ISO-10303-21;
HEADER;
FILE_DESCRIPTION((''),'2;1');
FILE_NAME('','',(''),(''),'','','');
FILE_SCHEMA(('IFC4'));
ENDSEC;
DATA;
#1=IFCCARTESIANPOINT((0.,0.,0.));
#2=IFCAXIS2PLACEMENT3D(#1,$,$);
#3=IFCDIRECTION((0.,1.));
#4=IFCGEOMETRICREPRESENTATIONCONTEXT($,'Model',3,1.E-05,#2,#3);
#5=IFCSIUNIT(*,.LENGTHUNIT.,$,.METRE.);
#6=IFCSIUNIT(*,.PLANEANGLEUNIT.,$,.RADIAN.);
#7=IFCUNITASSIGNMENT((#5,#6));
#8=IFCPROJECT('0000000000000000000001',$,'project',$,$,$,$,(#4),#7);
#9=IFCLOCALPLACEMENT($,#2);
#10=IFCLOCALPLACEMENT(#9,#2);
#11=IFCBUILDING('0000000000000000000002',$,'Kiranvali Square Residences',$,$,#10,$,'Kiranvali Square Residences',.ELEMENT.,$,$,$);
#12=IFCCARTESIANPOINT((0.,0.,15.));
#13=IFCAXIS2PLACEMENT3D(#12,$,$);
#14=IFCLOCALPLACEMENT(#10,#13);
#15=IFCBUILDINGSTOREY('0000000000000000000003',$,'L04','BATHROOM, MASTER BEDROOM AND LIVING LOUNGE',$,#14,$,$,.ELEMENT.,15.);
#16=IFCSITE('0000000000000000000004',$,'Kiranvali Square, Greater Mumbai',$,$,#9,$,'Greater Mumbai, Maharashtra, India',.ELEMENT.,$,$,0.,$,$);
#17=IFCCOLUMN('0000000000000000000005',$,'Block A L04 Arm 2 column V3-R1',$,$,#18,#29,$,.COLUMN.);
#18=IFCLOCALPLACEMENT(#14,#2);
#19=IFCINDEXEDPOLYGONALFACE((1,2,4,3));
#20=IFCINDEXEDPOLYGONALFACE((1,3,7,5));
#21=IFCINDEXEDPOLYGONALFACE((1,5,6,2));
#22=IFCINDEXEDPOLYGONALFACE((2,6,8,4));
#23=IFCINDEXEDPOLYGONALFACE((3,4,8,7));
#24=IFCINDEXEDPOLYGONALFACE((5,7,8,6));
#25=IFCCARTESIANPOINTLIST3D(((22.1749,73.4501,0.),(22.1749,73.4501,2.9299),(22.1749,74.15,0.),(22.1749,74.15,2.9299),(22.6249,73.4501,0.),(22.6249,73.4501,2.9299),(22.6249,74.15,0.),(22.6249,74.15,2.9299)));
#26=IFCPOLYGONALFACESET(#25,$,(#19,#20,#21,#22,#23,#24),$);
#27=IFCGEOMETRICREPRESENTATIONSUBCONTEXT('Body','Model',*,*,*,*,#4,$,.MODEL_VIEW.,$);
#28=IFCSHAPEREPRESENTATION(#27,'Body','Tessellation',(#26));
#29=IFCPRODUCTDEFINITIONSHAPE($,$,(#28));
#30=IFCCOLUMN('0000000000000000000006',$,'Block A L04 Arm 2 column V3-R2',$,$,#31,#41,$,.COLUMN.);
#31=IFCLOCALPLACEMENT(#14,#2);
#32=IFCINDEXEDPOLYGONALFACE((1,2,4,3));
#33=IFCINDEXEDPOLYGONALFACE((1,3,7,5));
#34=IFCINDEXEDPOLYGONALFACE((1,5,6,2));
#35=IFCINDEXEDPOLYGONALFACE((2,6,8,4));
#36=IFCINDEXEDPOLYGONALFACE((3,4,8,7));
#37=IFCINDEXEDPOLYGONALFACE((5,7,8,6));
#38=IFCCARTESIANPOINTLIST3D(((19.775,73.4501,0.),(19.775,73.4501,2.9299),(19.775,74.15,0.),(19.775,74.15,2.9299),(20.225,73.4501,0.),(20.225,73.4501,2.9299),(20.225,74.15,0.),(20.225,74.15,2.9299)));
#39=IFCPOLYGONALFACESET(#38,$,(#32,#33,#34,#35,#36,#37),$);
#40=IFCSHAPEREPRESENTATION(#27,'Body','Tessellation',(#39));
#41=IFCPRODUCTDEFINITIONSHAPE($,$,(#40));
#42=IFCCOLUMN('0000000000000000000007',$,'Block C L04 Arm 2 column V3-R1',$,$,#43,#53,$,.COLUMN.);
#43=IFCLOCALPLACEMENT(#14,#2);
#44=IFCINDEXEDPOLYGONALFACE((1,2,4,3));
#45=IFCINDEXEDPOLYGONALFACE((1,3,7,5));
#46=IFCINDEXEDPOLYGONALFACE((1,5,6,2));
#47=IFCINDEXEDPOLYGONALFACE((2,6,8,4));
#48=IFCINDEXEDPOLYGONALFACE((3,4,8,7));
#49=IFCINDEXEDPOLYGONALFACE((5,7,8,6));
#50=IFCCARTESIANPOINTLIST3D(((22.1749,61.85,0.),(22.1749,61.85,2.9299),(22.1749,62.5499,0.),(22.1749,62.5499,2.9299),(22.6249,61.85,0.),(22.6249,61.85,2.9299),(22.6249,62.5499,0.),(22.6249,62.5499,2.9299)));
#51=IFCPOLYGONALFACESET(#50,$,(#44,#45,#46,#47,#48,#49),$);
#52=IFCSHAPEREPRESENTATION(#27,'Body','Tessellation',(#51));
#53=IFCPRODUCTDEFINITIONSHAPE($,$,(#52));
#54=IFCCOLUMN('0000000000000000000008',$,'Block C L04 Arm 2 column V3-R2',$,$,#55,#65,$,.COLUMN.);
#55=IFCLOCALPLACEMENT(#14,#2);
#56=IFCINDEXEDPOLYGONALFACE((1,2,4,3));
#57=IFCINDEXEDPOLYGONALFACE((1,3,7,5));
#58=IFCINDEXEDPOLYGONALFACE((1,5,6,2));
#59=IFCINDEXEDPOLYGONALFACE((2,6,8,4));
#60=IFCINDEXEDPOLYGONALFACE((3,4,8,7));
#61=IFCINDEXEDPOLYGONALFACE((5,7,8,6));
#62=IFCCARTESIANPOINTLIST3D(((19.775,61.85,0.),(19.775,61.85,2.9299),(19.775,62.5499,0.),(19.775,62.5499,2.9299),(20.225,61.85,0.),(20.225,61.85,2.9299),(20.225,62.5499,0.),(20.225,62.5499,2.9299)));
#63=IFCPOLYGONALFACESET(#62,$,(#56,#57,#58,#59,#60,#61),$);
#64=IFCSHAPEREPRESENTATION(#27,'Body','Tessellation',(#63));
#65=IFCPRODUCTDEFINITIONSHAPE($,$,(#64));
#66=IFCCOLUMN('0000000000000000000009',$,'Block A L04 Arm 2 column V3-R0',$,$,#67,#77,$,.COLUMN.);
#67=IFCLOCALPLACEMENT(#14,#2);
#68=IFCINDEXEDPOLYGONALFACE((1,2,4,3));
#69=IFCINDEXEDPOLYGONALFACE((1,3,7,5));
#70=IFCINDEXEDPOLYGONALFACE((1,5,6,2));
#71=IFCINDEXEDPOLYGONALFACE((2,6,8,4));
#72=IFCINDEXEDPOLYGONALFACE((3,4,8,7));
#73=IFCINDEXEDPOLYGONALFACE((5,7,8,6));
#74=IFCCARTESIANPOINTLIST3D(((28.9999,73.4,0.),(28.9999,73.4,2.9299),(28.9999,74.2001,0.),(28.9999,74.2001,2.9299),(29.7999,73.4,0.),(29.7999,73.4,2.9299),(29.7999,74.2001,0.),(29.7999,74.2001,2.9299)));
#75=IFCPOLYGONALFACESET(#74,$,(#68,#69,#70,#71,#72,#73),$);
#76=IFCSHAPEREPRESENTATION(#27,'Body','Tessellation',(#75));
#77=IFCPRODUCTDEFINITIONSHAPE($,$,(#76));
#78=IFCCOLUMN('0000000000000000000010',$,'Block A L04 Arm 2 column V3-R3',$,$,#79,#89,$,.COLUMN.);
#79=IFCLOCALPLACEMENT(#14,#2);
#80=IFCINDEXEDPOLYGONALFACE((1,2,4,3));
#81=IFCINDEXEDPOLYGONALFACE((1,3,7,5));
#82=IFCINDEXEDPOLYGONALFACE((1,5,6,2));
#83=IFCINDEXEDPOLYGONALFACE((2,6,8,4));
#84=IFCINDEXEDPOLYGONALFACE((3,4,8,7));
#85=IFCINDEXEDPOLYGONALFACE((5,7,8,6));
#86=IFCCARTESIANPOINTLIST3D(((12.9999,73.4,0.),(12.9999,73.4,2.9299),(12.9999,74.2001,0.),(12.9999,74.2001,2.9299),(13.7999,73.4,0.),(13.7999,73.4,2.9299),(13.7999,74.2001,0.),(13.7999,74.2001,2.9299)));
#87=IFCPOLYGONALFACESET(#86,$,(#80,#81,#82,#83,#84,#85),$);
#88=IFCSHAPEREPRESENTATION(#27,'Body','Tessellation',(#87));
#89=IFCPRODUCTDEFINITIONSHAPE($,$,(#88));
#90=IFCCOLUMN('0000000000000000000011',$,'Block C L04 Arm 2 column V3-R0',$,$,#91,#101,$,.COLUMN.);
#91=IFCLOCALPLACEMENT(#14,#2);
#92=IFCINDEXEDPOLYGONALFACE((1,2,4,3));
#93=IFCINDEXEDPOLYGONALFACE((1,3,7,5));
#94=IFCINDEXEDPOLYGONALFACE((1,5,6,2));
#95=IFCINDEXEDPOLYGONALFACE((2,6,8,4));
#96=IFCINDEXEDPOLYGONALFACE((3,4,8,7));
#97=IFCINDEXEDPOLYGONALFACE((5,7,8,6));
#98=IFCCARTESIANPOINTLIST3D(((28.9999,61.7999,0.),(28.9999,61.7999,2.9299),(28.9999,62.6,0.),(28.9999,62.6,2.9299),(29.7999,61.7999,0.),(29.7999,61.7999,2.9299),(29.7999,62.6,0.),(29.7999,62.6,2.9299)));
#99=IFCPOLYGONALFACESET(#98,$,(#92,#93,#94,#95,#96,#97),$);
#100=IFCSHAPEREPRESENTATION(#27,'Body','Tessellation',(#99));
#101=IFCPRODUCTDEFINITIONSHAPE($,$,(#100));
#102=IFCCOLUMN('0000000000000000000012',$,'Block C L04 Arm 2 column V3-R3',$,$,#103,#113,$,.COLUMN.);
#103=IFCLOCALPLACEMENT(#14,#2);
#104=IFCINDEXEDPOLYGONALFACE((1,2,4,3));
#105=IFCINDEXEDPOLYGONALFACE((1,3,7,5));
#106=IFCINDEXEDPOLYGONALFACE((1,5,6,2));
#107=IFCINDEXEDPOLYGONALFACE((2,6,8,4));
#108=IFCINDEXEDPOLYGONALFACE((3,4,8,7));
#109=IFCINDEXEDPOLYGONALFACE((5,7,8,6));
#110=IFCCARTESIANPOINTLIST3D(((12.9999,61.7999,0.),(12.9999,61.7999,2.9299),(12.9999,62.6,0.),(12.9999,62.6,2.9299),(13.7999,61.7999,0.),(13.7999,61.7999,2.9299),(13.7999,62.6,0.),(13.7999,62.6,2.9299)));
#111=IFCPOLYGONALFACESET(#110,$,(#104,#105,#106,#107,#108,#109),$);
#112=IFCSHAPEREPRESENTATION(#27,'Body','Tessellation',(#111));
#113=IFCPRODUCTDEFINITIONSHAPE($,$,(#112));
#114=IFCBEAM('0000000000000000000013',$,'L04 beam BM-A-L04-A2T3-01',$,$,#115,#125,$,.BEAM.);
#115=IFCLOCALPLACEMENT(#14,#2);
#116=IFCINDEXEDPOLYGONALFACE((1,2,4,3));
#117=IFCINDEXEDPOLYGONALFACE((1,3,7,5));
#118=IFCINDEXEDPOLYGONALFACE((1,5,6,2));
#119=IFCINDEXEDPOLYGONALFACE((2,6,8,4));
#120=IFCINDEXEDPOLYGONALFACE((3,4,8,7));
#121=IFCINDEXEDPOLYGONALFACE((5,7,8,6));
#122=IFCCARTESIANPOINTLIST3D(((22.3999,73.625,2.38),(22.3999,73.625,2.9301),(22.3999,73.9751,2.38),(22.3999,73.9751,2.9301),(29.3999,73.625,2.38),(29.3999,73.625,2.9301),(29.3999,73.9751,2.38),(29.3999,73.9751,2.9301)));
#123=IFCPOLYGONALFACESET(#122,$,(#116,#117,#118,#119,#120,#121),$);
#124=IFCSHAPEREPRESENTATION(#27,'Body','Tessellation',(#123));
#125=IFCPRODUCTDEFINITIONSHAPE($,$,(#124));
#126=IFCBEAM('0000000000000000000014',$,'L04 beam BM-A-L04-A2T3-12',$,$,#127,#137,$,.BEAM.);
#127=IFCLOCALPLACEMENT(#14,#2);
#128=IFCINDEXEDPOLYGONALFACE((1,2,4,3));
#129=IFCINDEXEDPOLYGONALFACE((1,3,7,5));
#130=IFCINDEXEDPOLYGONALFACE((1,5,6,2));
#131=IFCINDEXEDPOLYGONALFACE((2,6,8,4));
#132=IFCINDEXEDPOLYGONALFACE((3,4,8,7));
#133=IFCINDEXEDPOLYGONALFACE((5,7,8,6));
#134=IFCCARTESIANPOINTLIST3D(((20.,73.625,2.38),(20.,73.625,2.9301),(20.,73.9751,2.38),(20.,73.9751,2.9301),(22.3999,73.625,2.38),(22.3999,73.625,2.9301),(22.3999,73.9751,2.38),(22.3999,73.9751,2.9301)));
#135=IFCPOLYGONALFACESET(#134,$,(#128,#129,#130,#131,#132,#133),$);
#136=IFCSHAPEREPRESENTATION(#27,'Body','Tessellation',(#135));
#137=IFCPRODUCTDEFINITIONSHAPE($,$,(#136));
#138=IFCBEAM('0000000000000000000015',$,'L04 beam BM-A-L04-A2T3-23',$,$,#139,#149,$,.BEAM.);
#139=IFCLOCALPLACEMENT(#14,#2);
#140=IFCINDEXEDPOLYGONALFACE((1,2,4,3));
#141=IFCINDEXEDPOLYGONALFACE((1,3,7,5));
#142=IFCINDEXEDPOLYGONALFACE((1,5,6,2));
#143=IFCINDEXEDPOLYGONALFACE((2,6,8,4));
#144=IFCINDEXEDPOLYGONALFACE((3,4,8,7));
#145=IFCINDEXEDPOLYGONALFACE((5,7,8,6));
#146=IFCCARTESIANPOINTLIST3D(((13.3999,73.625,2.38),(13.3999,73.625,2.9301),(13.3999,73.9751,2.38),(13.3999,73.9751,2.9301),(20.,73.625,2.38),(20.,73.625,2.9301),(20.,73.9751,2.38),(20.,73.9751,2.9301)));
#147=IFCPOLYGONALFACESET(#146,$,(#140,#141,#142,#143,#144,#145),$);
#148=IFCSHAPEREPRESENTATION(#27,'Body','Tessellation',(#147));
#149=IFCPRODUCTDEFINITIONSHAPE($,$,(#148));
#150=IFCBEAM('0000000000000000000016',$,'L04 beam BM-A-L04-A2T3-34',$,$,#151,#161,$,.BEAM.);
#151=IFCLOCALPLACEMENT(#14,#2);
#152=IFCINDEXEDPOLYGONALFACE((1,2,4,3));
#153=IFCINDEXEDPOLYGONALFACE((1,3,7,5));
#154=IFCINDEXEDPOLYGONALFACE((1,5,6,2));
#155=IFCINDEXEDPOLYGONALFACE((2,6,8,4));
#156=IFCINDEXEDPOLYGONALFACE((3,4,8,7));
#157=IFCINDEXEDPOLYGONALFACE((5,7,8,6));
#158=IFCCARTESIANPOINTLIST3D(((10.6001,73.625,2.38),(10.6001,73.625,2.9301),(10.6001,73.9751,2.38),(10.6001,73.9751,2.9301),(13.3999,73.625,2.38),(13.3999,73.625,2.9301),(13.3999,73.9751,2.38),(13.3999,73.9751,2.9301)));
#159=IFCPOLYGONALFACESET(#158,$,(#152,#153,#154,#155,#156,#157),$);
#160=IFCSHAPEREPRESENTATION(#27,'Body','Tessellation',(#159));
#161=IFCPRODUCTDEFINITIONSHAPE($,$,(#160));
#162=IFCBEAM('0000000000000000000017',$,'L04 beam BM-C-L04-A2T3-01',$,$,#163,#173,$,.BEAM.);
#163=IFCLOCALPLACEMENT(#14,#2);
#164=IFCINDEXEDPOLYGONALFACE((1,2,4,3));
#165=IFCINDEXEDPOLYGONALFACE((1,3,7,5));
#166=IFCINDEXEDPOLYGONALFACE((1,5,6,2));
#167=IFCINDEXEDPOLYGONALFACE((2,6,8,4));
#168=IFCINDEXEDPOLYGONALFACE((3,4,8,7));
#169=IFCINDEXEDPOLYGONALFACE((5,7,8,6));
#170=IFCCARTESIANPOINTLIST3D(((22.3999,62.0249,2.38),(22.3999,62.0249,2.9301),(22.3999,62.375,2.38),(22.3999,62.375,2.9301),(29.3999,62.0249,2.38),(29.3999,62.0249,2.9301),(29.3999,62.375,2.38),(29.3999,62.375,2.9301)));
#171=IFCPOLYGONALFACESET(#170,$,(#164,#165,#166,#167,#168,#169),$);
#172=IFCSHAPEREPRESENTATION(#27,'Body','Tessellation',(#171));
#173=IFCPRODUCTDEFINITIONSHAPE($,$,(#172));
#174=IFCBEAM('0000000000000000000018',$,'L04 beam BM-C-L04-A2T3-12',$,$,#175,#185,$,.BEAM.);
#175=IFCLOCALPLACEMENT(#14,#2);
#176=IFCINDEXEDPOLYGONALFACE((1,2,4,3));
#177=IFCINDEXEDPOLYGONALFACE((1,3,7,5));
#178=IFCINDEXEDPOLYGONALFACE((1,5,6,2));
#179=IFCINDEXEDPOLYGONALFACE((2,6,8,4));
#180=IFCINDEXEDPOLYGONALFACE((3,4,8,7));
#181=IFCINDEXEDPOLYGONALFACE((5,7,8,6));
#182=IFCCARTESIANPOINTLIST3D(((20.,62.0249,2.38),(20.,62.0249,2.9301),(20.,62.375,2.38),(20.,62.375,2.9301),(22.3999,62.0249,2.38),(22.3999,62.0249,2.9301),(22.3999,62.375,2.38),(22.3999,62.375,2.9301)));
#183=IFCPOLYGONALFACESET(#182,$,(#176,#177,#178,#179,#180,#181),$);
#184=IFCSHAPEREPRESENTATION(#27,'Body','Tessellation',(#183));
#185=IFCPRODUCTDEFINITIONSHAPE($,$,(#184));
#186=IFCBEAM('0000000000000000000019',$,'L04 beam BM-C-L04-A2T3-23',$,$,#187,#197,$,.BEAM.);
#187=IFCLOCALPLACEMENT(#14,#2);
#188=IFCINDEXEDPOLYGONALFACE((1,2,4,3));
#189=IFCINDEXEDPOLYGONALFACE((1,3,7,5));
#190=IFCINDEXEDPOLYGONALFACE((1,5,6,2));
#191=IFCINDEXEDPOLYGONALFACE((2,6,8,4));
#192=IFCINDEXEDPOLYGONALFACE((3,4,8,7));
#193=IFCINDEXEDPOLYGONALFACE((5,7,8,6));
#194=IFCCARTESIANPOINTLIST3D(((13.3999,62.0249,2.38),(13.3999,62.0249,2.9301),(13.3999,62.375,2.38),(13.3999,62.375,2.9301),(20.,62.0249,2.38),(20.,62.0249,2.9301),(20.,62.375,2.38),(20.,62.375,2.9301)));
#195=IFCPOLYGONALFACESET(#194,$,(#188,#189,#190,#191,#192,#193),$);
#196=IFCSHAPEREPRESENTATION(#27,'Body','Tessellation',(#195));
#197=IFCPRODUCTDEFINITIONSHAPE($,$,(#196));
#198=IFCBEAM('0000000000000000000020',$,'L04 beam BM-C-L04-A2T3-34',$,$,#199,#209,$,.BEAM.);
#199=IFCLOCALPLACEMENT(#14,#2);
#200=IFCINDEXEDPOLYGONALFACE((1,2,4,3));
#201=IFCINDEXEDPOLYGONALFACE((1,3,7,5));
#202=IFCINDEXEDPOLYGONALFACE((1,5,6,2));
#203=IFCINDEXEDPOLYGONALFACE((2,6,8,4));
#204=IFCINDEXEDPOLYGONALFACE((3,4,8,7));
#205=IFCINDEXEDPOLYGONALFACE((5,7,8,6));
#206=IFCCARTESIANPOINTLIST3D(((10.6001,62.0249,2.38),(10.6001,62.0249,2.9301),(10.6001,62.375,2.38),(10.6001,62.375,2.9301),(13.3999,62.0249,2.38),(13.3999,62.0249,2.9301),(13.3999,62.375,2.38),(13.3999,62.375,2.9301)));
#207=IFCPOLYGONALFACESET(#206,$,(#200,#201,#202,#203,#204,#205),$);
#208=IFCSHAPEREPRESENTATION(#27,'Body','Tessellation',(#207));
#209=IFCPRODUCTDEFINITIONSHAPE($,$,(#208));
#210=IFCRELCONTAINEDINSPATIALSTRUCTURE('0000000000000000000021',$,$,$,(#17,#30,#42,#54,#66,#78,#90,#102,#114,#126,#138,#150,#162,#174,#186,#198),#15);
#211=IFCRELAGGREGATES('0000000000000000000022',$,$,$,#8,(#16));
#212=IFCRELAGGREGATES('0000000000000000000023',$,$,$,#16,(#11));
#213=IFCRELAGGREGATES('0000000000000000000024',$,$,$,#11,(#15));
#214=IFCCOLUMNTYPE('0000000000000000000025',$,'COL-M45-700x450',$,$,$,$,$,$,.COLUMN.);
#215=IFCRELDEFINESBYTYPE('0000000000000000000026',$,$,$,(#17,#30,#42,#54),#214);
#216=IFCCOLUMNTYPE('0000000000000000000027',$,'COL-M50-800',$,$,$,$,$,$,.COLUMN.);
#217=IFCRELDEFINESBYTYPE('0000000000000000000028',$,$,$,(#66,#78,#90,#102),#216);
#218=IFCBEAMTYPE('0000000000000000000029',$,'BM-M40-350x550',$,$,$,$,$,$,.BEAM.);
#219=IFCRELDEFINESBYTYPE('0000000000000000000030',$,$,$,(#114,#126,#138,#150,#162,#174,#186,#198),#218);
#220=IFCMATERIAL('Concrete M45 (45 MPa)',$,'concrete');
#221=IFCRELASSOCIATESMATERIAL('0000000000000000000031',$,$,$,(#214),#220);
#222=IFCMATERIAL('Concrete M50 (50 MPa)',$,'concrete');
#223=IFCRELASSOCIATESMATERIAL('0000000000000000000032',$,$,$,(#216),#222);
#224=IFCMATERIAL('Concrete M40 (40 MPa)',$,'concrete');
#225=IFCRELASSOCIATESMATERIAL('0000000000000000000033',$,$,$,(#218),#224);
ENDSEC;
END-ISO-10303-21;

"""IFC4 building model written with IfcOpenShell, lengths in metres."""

from ifc_helpers import new_model, si_unit, direction, frame, origin, origin_2d, place, context, subcontext, project, spatial, rectangle, extrude, material, material_profile, profile_set, type_object, element, save


model = new_model("IFC4")

# Units and contexts
model_context = context("Model", 3, precision=1e-05, world=origin(), true_north=direction((0.0, 1.0)))
body_context = subcontext(model_context, "Body", "Model", "MODEL_VIEW")
ifc_project = project(units=[si_unit("LENGTHUNIT", "METRE"), si_unit("PLANEANGLEUNIT", "RADIAN")], contexts=[model_context])

# Site, building, storey
site_placement = place(None, origin())
site = spatial("IfcSite", under=ifc_project, at=site_placement, Name="Kiranvali Square, Greater Mumbai", LongName="Greater Mumbai, Maharashtra, India", CompositionType="ELEMENT", RefElevation=0.0)
building_placement = place(site_placement, origin())
building = spatial("IfcBuilding", under=site, at=building_placement, Name="Kiranvali Square Residences", LongName="Kiranvali Square Residences", CompositionType="ELEMENT")
storey_placement = place(building_placement, frame((0.0, 0.0, 15.0)))
storey = spatial("IfcBuildingStorey", under=building, at=storey_placement, Name="L04", Description="BATHROOM, MASTER BEDROOM AND LIVING LOUNGE", CompositionType="ELEMENT", Elevation=15.0)

# Columns
ifc_material_1 = material(Name="Concrete M45 (45 MPa)", Category="concrete")
ifc_material_profile_1 = material_profile(ifc_material_1, rectangle(XDim=0.45, YDim=0.7, at=origin_2d()), Name="RC 700x450")
ifc_profile_set_1 = profile_set([ifc_material_profile_1], Name="Concrete M45 (45 MPa)")
column_type_1 = type_object("IfcColumnType", Name="COL-M45-700x450", PredefinedType="COLUMN", material=ifc_profile_set_1)
for number, where, z_axis, x_axis, name in (
    (1, (22.3999, 73.8, 0.0), (0.0, 0.0, 1.0), (1.0, 0.0, 0.0), "Block A L04 Arm 2 column V3-R1"),
    (2, (20.0, 73.8, 0.0), (0.0, 0.0, 1.0), (1.0, 0.0, 0.0), "Block A L04 Arm 2 column V3-R2"),
    (3, (22.3999, 62.2, 0.0), (0.0, 0.0, 1.0), (1.0, 0.0, 0.0), "Block C L04 Arm 2 column V3-R1"),
    (4, (20.0, 62.2, 0.0), (0.0, 0.0, 1.0), (1.0, 0.0, 0.0), "Block C L04 Arm 2 column V3-R2"),
):
    element("IfcColumn", number, at=place(storey_placement, frame(where, z_axis=z_axis, x_axis=x_axis)), inside=storey, type_object=column_type_1, Name=name, PredefinedType="COLUMN", context=body_context, shape_type="SweptSolid", body=[
        extrude(rectangle(XDim=0.45, YDim=0.7, at=origin_2d()), origin(), (0.0, 0.0, 1.0), 2.9299),
    ])
ifc_material_2 = material(Name="Concrete M50 (50 MPa)", Category="concrete")
ifc_material_profile_2 = material_profile(ifc_material_2, rectangle(XDim=0.8, YDim=0.8, at=origin_2d()), Name="RC 800x800")
ifc_profile_set_2 = profile_set([ifc_material_profile_2], Name="Concrete M50 (50 MPa)")
column_type_2 = type_object("IfcColumnType", Name="COL-M50-800", PredefinedType="COLUMN", material=ifc_profile_set_2)
for number, where, z_axis, x_axis, name in (
    (5, (29.3999, 73.8, 0.0), (0.0, 0.0, 1.0), (1.0, 0.0, 0.0), "Block A L04 Arm 2 column V3-R0"),
    (6, (13.3999, 73.8, 0.0), (0.0, 0.0, 1.0), (1.0, 0.0, 0.0), "Block A L04 Arm 2 column V3-R3"),
    (7, (29.3999, 62.2, 0.0), (0.0, 0.0, 1.0), (1.0, 0.0, 0.0), "Block C L04 Arm 2 column V3-R0"),
    (8, (13.3999, 62.2, 0.0), (0.0, 0.0, 1.0), (1.0, 0.0, 0.0), "Block C L04 Arm 2 column V3-R3"),
):
    element("IfcColumn", number, at=place(storey_placement, frame(where, z_axis=z_axis, x_axis=x_axis)), inside=storey, type_object=column_type_2, Name=name, PredefinedType="COLUMN", context=body_context, shape_type="SweptSolid", body=[
        extrude(rectangle(XDim=0.8, YDim=0.8, at=origin_2d()), origin(), (0.0, 0.0, 1.0), 2.9299),
    ])

# Beams
ifc_material_3 = material(Name="Concrete M40 (40 MPa)", Category="concrete")
ifc_material_profile_3 = material_profile(ifc_material_3, rectangle(XDim=0.3501, YDim=0.55, at=origin_2d()), Name="RC 350x550")
ifc_profile_set_3 = profile_set([ifc_material_profile_3], Name="Concrete M40 (40 MPa)")
beam_type = type_object("IfcBeamType", Name="BM-M40-350x550", PredefinedType="BEAM", material=ifc_profile_set_3)
beam_1_placement = place(storey_placement, frame((29.3999, 73.8, 2.655), z_axis=(-1.0, 0.0, 0.0), x_axis=(0.0, -1.0, 0.0)))
element("IfcBeam", 9, at=beam_1_placement, inside=storey, type_object=beam_type, Name="L04 beam BM-A-L04-A2T3-01", PredefinedType="BEAM", context=body_context, shape_type="SweptSolid", body=[
    extrude(rectangle(XDim=0.3501, YDim=0.55, at=origin_2d()), origin(), (0.0, 0.0, 1.0), 7.0),
])
beam_2_placement = place(storey_placement, frame((22.3999, 73.8, 2.655), z_axis=(-1.0, 0.0, 0.0), x_axis=(0.0, -1.0, 0.0)))
element("IfcBeam", 10, at=beam_2_placement, inside=storey, type_object=beam_type, Name="L04 beam BM-A-L04-A2T3-12", PredefinedType="BEAM", context=body_context, shape_type="SweptSolid", body=[
    extrude(rectangle(XDim=0.3501, YDim=0.55, at=origin_2d()), origin(), (0.0, 0.0, 1.0), 2.3999),
])
beam_3_placement = place(storey_placement, frame((20.0, 73.8, 2.655), z_axis=(-1.0, 0.0, 0.0), x_axis=(0.0, -1.0, 0.0)))
element("IfcBeam", 11, at=beam_3_placement, inside=storey, type_object=beam_type, Name="L04 beam BM-A-L04-A2T3-23", PredefinedType="BEAM", context=body_context, shape_type="SweptSolid", body=[
    extrude(rectangle(XDim=0.3501, YDim=0.55, at=origin_2d()), origin(), (0.0, 0.0, 1.0), 6.6001),
])
beam_4_placement = place(storey_placement, frame((13.3999, 73.8, 2.655), z_axis=(-1.0, 0.0, 0.0), x_axis=(0.0, -1.0, 0.0)))
element("IfcBeam", 12, at=beam_4_placement, inside=storey, type_object=beam_type, Name="L04 beam BM-A-L04-A2T3-34", PredefinedType="BEAM", context=body_context, shape_type="SweptSolid", body=[
    extrude(rectangle(XDim=0.3501, YDim=0.55, at=origin_2d()), origin(), (0.0, 0.0, 1.0), 2.7998),
])
beam_5_placement = place(storey_placement, frame((29.3999, 62.2, 2.655), z_axis=(-1.0, 0.0, 0.0), x_axis=(0.0, -1.0, 0.0)))
element("IfcBeam", 13, at=beam_5_placement, inside=storey, type_object=beam_type, Name="L04 beam BM-C-L04-A2T3-01", PredefinedType="BEAM", context=body_context, shape_type="SweptSolid", body=[
    extrude(rectangle(XDim=0.3501, YDim=0.55, at=origin_2d()), origin(), (0.0, 0.0, 1.0), 7.0),
])
beam_6_placement = place(storey_placement, frame((22.3999, 62.2, 2.655), z_axis=(-1.0, 0.0, 0.0), x_axis=(0.0, -1.0, 0.0)))
element("IfcBeam", 14, at=beam_6_placement, inside=storey, type_object=beam_type, Name="L04 beam BM-C-L04-A2T3-12", PredefinedType="BEAM", context=body_context, shape_type="SweptSolid", body=[
    extrude(rectangle(XDim=0.3501, YDim=0.55, at=origin_2d()), origin(), (0.0, 0.0, 1.0), 2.3999),
])
beam_7_placement = place(storey_placement, frame((20.0, 62.2, 2.655), z_axis=(-1.0, 0.0, 0.0), x_axis=(0.0, -1.0, 0.0)))
element("IfcBeam", 15, at=beam_7_placement, inside=storey, type_object=beam_type, Name="L04 beam BM-C-L04-A2T3-23", PredefinedType="BEAM", context=body_context, shape_type="SweptSolid", body=[
    extrude(rectangle(XDim=0.3501, YDim=0.55, at=origin_2d()), origin(), (0.0, 0.0, 1.0), 6.6001),
])
beam_8_placement = place(storey_placement, frame((13.3999, 62.2, 2.655), z_axis=(-1.0, 0.0, 0.0), x_axis=(0.0, -1.0, 0.0)))
element("IfcBeam", 16, at=beam_8_placement, inside=storey, type_object=beam_type, Name="L04 beam BM-C-L04-A2T3-34", PredefinedType="BEAM", context=body_context, shape_type="SweptSolid", body=[
    extrude(rectangle(XDim=0.3501, YDim=0.55, at=origin_2d()), origin(), (0.0, 0.0, 1.0), 2.7998),
])

save(model, "model.ifc")
